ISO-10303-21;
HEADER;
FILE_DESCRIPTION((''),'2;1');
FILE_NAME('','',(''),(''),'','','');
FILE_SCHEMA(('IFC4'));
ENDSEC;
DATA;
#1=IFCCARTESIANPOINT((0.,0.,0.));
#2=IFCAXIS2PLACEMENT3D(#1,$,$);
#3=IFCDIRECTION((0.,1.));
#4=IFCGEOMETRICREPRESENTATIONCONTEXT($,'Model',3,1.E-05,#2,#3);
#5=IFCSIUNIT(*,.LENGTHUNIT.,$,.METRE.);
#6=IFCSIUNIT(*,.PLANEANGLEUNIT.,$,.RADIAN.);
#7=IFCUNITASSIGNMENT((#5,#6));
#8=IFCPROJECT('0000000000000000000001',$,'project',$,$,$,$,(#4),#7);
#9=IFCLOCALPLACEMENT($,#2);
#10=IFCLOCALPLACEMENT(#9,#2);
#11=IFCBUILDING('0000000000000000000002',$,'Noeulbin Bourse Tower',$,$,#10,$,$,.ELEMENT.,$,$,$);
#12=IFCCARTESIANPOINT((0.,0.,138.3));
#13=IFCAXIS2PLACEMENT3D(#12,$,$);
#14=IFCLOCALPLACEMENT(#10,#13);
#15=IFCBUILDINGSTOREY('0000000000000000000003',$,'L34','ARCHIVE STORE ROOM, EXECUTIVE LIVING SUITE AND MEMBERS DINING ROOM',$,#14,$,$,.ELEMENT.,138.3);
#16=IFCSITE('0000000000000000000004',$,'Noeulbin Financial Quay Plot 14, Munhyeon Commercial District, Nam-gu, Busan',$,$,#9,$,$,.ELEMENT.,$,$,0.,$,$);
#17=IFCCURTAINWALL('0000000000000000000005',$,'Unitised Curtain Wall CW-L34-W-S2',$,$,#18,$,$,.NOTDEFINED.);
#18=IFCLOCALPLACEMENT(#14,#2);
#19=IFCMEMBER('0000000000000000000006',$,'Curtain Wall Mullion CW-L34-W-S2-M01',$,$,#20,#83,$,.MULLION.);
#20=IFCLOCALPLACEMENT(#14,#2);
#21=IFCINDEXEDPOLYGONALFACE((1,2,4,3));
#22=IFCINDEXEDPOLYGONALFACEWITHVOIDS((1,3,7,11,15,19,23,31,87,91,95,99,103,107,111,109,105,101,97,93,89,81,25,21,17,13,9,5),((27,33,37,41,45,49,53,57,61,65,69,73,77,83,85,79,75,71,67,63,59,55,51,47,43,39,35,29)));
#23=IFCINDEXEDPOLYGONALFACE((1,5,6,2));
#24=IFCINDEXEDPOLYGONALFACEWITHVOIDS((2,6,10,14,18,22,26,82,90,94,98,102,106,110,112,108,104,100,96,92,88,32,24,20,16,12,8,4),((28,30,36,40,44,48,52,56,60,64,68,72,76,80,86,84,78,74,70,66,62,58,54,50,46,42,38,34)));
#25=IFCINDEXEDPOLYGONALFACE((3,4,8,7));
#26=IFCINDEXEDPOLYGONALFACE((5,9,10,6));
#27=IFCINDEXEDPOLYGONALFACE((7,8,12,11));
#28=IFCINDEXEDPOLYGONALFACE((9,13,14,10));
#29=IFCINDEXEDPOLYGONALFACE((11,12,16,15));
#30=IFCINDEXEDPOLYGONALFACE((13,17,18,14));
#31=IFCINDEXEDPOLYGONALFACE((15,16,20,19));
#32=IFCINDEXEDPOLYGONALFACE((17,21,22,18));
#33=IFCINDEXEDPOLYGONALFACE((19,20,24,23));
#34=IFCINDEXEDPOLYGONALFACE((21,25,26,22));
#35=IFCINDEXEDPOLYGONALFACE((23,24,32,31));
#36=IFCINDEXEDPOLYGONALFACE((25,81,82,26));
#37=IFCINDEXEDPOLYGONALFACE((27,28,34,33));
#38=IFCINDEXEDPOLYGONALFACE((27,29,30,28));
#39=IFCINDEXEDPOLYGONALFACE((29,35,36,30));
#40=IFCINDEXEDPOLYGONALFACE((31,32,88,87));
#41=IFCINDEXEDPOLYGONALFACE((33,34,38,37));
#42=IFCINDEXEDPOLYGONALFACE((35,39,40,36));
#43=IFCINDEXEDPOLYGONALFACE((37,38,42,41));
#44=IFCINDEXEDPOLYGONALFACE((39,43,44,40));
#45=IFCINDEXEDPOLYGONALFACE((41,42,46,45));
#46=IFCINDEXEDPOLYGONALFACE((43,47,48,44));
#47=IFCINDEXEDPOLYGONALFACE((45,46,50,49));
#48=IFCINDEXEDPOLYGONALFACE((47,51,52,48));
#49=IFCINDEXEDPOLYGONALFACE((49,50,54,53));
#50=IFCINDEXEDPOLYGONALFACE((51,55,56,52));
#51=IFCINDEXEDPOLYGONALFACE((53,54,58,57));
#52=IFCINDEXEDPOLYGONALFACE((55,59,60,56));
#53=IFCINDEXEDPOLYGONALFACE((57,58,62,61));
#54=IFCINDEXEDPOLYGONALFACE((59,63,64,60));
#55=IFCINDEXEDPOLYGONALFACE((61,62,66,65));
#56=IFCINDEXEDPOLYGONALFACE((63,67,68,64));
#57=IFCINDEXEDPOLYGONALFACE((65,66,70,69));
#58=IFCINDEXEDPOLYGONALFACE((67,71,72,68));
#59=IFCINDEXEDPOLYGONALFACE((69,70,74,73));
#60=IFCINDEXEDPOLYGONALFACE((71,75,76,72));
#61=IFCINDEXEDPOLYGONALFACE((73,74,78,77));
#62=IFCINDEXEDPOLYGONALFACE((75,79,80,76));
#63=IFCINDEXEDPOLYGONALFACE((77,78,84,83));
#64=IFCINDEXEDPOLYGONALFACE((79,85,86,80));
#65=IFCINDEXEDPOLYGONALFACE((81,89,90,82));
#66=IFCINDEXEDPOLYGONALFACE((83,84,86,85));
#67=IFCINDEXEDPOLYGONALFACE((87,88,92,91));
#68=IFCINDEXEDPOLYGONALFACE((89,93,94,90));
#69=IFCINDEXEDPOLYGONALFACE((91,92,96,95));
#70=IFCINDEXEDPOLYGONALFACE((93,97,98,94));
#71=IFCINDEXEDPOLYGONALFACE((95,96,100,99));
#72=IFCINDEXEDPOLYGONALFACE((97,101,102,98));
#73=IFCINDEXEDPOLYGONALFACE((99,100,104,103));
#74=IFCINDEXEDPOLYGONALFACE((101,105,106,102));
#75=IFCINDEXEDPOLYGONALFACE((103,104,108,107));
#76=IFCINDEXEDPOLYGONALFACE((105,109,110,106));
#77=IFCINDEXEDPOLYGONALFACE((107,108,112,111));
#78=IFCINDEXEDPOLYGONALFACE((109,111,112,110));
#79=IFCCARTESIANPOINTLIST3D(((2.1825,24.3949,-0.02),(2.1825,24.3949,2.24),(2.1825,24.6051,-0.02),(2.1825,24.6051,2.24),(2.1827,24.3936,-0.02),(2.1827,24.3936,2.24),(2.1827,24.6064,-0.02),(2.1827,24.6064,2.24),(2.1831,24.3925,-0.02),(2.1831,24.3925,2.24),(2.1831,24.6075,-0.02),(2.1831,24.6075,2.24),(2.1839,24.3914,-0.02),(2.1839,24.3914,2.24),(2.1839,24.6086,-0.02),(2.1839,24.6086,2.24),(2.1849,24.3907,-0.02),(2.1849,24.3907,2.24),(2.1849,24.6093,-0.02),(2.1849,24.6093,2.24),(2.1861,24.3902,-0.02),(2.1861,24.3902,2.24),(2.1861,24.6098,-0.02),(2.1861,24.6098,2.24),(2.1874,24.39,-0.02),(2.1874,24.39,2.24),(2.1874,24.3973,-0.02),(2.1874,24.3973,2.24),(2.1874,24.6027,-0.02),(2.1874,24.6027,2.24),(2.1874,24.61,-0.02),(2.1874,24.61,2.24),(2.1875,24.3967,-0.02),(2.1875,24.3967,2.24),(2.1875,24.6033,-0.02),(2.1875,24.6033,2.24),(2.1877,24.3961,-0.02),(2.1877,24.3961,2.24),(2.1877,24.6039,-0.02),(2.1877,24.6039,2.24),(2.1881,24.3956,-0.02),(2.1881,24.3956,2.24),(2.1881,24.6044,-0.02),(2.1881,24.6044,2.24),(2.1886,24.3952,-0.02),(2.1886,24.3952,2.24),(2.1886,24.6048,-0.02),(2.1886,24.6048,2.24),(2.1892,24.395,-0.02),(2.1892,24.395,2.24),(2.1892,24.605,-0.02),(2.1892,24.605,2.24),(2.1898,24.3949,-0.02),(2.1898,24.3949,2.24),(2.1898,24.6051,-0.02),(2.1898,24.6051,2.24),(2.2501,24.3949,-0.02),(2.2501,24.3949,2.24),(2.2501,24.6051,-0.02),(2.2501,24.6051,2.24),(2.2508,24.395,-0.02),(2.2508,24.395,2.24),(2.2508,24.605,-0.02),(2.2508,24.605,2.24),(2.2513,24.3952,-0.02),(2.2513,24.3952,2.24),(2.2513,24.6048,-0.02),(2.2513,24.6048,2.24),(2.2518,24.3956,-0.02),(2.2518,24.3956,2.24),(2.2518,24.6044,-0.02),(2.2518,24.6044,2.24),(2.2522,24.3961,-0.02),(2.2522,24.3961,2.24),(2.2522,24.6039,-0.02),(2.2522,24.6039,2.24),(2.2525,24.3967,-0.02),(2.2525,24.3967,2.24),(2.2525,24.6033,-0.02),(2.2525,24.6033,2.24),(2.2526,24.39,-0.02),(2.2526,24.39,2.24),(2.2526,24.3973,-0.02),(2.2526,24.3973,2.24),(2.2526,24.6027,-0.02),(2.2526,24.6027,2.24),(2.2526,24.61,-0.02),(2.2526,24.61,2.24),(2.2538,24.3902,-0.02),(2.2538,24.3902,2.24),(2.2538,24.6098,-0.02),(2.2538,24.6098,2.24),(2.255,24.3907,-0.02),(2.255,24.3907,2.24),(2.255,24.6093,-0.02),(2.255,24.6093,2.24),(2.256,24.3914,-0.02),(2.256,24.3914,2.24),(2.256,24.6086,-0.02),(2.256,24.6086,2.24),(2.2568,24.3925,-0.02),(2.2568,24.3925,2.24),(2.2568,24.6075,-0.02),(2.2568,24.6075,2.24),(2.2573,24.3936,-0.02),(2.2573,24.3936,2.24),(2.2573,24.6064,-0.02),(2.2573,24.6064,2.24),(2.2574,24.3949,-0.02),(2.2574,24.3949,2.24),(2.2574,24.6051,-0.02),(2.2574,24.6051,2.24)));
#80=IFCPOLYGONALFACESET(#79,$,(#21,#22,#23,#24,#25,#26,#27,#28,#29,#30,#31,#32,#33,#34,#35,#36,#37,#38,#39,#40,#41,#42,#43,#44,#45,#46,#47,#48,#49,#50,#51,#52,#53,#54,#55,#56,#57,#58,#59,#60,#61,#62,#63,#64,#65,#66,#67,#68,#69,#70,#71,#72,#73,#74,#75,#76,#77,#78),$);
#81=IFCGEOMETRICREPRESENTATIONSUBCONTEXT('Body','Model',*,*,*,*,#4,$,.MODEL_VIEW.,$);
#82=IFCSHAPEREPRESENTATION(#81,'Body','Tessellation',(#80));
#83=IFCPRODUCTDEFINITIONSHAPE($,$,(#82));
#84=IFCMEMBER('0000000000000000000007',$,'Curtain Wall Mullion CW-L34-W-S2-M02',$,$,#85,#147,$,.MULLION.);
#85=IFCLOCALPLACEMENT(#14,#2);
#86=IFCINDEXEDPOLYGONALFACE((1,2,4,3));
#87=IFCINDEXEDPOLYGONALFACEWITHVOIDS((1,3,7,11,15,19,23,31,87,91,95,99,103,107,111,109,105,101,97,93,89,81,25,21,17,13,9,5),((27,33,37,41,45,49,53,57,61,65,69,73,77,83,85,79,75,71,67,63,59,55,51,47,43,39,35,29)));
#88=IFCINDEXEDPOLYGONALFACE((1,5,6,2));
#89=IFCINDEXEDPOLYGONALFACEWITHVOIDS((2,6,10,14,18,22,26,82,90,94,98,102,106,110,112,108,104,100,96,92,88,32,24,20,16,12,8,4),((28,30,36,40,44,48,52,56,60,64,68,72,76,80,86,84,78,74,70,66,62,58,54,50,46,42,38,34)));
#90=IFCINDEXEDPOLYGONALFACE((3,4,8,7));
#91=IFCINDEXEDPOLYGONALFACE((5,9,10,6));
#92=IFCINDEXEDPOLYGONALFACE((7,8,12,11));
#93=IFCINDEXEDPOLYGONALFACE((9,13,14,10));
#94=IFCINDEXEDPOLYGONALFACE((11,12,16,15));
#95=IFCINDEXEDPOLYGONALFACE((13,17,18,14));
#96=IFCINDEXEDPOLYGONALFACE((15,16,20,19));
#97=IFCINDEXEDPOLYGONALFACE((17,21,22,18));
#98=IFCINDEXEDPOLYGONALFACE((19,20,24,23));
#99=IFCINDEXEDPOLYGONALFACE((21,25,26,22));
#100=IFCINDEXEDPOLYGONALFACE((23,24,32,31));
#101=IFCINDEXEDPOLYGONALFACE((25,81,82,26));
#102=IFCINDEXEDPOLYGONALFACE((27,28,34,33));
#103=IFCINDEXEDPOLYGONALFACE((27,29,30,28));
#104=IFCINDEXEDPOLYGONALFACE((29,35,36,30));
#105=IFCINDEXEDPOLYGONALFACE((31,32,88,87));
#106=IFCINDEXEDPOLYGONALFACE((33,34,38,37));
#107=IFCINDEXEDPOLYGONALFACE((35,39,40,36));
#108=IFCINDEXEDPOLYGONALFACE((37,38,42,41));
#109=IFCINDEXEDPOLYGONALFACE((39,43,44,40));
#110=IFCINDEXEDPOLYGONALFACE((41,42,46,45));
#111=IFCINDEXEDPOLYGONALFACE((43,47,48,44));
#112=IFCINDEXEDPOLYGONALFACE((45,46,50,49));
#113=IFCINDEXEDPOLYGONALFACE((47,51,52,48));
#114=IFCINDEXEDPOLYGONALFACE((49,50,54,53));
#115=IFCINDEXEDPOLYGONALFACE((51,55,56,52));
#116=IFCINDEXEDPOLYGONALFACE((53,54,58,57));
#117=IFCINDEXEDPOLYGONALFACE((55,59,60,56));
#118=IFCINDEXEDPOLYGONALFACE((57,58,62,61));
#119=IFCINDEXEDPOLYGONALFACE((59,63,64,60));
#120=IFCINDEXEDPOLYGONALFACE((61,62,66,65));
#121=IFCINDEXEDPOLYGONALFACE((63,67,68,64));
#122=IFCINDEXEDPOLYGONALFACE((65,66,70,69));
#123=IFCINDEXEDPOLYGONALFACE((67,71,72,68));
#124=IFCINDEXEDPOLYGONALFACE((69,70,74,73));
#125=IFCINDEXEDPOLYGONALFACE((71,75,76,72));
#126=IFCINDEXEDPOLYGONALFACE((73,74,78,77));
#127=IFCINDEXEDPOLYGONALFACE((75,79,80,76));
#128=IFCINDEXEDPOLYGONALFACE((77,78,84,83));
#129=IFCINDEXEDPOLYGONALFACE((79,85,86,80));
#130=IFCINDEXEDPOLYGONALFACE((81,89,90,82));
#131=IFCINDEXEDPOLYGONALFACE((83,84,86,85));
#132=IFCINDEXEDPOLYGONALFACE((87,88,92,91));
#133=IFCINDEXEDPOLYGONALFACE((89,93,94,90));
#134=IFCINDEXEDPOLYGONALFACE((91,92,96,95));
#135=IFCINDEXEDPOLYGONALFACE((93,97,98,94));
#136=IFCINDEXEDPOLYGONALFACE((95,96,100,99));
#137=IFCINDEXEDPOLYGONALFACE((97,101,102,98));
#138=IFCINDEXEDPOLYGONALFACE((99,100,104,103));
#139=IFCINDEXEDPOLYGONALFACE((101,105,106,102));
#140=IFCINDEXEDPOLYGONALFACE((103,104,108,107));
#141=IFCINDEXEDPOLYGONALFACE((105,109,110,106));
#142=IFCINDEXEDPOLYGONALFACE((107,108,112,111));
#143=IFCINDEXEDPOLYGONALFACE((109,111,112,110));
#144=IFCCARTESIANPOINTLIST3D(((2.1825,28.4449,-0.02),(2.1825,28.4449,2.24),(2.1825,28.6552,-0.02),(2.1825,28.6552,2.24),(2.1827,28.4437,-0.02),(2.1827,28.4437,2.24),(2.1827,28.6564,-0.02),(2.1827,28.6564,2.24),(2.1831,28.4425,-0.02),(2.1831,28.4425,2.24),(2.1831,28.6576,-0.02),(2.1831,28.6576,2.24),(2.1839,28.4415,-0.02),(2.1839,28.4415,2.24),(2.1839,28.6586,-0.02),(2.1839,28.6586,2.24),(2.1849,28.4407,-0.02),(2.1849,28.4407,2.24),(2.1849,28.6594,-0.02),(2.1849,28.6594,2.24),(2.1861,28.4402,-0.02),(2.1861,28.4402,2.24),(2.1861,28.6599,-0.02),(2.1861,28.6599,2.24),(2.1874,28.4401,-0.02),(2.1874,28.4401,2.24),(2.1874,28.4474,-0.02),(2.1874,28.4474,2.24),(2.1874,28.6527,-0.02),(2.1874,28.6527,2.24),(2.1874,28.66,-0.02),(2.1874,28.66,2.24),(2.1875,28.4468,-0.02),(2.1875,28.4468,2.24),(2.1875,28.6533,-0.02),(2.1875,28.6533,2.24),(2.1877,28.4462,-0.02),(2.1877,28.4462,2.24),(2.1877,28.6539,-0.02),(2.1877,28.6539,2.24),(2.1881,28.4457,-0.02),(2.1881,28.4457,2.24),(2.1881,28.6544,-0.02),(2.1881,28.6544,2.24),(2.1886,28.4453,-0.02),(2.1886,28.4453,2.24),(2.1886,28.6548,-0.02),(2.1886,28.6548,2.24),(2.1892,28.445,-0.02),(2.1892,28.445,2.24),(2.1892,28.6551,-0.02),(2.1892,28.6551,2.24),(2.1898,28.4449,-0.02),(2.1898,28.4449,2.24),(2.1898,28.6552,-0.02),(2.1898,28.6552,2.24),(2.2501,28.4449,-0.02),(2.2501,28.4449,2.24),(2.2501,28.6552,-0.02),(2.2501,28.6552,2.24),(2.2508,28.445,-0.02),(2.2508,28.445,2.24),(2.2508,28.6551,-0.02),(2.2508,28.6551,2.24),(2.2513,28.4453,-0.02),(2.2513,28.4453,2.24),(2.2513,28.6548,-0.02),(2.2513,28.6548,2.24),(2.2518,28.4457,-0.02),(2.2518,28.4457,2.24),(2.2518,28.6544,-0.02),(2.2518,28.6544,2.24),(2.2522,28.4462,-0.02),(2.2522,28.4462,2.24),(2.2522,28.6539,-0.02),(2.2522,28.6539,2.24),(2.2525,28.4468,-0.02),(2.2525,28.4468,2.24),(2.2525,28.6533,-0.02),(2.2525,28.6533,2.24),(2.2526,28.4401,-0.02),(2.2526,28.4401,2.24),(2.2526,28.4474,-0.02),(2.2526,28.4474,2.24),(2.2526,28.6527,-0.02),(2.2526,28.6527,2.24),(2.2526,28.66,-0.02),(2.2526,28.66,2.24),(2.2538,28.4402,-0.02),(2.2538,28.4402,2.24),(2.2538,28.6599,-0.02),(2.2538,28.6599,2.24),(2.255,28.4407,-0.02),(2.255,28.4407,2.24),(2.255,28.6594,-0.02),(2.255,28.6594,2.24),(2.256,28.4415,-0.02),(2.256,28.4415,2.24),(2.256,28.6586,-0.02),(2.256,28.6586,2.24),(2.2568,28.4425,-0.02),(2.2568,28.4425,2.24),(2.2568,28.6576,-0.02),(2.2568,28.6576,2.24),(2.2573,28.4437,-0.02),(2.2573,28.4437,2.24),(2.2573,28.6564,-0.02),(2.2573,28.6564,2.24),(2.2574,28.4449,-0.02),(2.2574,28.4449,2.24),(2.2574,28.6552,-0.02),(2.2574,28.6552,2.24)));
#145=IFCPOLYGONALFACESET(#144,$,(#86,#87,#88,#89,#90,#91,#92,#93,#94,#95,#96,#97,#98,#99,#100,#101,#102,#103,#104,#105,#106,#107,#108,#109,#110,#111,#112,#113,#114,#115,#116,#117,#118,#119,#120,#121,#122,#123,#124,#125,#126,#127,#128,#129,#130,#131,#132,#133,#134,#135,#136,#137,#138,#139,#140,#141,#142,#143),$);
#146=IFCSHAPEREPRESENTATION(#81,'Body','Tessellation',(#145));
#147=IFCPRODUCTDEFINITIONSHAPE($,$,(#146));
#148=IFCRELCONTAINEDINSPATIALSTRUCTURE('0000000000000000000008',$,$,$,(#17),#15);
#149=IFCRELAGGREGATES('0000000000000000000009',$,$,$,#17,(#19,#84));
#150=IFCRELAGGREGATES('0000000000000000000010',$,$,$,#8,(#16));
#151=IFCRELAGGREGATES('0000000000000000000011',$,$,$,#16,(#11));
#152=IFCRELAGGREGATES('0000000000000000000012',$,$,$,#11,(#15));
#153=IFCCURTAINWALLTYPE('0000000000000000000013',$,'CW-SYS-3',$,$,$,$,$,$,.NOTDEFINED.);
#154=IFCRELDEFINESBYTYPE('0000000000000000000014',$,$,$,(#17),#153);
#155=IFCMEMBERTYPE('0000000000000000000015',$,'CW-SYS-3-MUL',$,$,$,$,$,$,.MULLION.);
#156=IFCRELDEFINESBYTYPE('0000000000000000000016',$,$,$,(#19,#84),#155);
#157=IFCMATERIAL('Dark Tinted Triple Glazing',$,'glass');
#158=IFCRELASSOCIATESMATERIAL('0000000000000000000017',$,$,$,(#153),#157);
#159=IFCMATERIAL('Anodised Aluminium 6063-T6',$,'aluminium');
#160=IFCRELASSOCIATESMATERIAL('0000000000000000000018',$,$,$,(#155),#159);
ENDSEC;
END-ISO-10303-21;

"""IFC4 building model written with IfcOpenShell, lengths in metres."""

from ifc_helpers import new_model, si_unit, direction, frame, origin, origin_2d, place, context, subcontext, project, spatial, hollow_rectangle, extrude, material, material_profile, profile_set, type_object, element, aggregate, save


model = new_model("IFC4")

# Units and contexts
model_context = context("Model", 3, precision=1e-05, world=origin(), true_north=direction((0.0, 1.0)))
body_context = subcontext(model_context, "Body", "Model", "MODEL_VIEW")
ifc_project = project(units=[si_unit("LENGTHUNIT", "METRE"), si_unit("PLANEANGLEUNIT", "RADIAN")], contexts=[model_context])

# Site, building, storey
site_placement = place(None, origin())
site = spatial("IfcSite", under=ifc_project, at=site_placement, Name="Noeulbin Financial Quay Plot 14, Munhyeon Commercial District, Nam-gu, Busan", CompositionType="ELEMENT", RefElevation=0.0)
building_placement = place(site_placement, origin())
building = spatial("IfcBuilding", under=site, at=building_placement, Name="Noeulbin Bourse Tower", CompositionType="ELEMENT")
storey_placement = place(building_placement, frame((0.0, 0.0, 138.3)))
storey = spatial("IfcBuildingStorey", under=building, at=storey_placement, Name="L34", Description="ARCHIVE STORE ROOM, EXECUTIVE LIVING SUITE AND MEMBERS DINING ROOM", CompositionType="ELEMENT", Elevation=138.3)

# Curtain wall, members
ifc_material_1 = material(Name="Dark Tinted Triple Glazing", Category="glass")
curtain_wall_type = type_object("IfcCurtainWallType", Name="CW-SYS-3", PredefinedType="NOTDEFINED", material=ifc_material_1)
curtain_wall_placement = place(storey_placement, origin())
curtain_wall = element("IfcCurtainWall", 1, at=curtain_wall_placement, inside=storey, type_object=curtain_wall_type, Name="Unitised Curtain Wall CW-L34-W-S2", PredefinedType="NOTDEFINED")
ifc_material_2 = material(Name="Anodised Aluminium 6063-T6", Category="aluminium")
ifc_material_profile_1 = material_profile(ifc_material_2, hollow_rectangle(XDim=0.075, YDim=0.22, WallThickness=0.0049, InnerFilletRadius=0.0024, OuterFilletRadius=0.0049, at=origin_2d()), Name="ALU-MULL-75x220x5", Category="LoadBearing")
ifc_profile_set_1 = profile_set([ifc_material_profile_1], Name="Anodised Aluminium 6063-T6")
member_type_1 = type_object("IfcMemberType", Name="CW-SYS-3-MUL", PredefinedType="MULLION", material=ifc_profile_set_1)
member_1_placement = place(storey_placement, frame((2.22, 24.5, -0.02), z_axis=(0.0, 0.0, 1.0), x_axis=(1.0, 0.0, 0.0)))
member_1 = element("IfcMember", 2, at=member_1_placement, type_object=member_type_1, Name="Curtain Wall Mullion CW-L34-W-S2-M01", PredefinedType="MULLION", context=body_context, shape_type="SweptSolid", body=[
    extrude(hollow_rectangle(XDim=0.075, YDim=0.22, WallThickness=0.0049, InnerFilletRadius=0.0024, OuterFilletRadius=0.0049, at=origin_2d()), origin(), (0.0, 0.0, 1.0), 2.26),
])
member_2_placement = place(storey_placement, frame((2.22, 28.55, -0.02), z_axis=(0.0, 0.0, 1.0), x_axis=(1.0, 0.0, 0.0)))
member_2 = element("IfcMember", 3, at=member_2_placement, type_object=member_type_1, Name="Curtain Wall Mullion CW-L34-W-S2-M02", PredefinedType="MULLION", context=body_context, shape_type="SweptSolid", body=[
    extrude(hollow_rectangle(XDim=0.075, YDim=0.22, WallThickness=0.0049, InnerFilletRadius=0.0024, OuterFilletRadius=0.0049, at=origin_2d()), origin(), (0.0, 0.0, 1.0), 2.26),
])
aggregate(curtain_wall, [member_1, member_2])

save(model, "model.ifc")
